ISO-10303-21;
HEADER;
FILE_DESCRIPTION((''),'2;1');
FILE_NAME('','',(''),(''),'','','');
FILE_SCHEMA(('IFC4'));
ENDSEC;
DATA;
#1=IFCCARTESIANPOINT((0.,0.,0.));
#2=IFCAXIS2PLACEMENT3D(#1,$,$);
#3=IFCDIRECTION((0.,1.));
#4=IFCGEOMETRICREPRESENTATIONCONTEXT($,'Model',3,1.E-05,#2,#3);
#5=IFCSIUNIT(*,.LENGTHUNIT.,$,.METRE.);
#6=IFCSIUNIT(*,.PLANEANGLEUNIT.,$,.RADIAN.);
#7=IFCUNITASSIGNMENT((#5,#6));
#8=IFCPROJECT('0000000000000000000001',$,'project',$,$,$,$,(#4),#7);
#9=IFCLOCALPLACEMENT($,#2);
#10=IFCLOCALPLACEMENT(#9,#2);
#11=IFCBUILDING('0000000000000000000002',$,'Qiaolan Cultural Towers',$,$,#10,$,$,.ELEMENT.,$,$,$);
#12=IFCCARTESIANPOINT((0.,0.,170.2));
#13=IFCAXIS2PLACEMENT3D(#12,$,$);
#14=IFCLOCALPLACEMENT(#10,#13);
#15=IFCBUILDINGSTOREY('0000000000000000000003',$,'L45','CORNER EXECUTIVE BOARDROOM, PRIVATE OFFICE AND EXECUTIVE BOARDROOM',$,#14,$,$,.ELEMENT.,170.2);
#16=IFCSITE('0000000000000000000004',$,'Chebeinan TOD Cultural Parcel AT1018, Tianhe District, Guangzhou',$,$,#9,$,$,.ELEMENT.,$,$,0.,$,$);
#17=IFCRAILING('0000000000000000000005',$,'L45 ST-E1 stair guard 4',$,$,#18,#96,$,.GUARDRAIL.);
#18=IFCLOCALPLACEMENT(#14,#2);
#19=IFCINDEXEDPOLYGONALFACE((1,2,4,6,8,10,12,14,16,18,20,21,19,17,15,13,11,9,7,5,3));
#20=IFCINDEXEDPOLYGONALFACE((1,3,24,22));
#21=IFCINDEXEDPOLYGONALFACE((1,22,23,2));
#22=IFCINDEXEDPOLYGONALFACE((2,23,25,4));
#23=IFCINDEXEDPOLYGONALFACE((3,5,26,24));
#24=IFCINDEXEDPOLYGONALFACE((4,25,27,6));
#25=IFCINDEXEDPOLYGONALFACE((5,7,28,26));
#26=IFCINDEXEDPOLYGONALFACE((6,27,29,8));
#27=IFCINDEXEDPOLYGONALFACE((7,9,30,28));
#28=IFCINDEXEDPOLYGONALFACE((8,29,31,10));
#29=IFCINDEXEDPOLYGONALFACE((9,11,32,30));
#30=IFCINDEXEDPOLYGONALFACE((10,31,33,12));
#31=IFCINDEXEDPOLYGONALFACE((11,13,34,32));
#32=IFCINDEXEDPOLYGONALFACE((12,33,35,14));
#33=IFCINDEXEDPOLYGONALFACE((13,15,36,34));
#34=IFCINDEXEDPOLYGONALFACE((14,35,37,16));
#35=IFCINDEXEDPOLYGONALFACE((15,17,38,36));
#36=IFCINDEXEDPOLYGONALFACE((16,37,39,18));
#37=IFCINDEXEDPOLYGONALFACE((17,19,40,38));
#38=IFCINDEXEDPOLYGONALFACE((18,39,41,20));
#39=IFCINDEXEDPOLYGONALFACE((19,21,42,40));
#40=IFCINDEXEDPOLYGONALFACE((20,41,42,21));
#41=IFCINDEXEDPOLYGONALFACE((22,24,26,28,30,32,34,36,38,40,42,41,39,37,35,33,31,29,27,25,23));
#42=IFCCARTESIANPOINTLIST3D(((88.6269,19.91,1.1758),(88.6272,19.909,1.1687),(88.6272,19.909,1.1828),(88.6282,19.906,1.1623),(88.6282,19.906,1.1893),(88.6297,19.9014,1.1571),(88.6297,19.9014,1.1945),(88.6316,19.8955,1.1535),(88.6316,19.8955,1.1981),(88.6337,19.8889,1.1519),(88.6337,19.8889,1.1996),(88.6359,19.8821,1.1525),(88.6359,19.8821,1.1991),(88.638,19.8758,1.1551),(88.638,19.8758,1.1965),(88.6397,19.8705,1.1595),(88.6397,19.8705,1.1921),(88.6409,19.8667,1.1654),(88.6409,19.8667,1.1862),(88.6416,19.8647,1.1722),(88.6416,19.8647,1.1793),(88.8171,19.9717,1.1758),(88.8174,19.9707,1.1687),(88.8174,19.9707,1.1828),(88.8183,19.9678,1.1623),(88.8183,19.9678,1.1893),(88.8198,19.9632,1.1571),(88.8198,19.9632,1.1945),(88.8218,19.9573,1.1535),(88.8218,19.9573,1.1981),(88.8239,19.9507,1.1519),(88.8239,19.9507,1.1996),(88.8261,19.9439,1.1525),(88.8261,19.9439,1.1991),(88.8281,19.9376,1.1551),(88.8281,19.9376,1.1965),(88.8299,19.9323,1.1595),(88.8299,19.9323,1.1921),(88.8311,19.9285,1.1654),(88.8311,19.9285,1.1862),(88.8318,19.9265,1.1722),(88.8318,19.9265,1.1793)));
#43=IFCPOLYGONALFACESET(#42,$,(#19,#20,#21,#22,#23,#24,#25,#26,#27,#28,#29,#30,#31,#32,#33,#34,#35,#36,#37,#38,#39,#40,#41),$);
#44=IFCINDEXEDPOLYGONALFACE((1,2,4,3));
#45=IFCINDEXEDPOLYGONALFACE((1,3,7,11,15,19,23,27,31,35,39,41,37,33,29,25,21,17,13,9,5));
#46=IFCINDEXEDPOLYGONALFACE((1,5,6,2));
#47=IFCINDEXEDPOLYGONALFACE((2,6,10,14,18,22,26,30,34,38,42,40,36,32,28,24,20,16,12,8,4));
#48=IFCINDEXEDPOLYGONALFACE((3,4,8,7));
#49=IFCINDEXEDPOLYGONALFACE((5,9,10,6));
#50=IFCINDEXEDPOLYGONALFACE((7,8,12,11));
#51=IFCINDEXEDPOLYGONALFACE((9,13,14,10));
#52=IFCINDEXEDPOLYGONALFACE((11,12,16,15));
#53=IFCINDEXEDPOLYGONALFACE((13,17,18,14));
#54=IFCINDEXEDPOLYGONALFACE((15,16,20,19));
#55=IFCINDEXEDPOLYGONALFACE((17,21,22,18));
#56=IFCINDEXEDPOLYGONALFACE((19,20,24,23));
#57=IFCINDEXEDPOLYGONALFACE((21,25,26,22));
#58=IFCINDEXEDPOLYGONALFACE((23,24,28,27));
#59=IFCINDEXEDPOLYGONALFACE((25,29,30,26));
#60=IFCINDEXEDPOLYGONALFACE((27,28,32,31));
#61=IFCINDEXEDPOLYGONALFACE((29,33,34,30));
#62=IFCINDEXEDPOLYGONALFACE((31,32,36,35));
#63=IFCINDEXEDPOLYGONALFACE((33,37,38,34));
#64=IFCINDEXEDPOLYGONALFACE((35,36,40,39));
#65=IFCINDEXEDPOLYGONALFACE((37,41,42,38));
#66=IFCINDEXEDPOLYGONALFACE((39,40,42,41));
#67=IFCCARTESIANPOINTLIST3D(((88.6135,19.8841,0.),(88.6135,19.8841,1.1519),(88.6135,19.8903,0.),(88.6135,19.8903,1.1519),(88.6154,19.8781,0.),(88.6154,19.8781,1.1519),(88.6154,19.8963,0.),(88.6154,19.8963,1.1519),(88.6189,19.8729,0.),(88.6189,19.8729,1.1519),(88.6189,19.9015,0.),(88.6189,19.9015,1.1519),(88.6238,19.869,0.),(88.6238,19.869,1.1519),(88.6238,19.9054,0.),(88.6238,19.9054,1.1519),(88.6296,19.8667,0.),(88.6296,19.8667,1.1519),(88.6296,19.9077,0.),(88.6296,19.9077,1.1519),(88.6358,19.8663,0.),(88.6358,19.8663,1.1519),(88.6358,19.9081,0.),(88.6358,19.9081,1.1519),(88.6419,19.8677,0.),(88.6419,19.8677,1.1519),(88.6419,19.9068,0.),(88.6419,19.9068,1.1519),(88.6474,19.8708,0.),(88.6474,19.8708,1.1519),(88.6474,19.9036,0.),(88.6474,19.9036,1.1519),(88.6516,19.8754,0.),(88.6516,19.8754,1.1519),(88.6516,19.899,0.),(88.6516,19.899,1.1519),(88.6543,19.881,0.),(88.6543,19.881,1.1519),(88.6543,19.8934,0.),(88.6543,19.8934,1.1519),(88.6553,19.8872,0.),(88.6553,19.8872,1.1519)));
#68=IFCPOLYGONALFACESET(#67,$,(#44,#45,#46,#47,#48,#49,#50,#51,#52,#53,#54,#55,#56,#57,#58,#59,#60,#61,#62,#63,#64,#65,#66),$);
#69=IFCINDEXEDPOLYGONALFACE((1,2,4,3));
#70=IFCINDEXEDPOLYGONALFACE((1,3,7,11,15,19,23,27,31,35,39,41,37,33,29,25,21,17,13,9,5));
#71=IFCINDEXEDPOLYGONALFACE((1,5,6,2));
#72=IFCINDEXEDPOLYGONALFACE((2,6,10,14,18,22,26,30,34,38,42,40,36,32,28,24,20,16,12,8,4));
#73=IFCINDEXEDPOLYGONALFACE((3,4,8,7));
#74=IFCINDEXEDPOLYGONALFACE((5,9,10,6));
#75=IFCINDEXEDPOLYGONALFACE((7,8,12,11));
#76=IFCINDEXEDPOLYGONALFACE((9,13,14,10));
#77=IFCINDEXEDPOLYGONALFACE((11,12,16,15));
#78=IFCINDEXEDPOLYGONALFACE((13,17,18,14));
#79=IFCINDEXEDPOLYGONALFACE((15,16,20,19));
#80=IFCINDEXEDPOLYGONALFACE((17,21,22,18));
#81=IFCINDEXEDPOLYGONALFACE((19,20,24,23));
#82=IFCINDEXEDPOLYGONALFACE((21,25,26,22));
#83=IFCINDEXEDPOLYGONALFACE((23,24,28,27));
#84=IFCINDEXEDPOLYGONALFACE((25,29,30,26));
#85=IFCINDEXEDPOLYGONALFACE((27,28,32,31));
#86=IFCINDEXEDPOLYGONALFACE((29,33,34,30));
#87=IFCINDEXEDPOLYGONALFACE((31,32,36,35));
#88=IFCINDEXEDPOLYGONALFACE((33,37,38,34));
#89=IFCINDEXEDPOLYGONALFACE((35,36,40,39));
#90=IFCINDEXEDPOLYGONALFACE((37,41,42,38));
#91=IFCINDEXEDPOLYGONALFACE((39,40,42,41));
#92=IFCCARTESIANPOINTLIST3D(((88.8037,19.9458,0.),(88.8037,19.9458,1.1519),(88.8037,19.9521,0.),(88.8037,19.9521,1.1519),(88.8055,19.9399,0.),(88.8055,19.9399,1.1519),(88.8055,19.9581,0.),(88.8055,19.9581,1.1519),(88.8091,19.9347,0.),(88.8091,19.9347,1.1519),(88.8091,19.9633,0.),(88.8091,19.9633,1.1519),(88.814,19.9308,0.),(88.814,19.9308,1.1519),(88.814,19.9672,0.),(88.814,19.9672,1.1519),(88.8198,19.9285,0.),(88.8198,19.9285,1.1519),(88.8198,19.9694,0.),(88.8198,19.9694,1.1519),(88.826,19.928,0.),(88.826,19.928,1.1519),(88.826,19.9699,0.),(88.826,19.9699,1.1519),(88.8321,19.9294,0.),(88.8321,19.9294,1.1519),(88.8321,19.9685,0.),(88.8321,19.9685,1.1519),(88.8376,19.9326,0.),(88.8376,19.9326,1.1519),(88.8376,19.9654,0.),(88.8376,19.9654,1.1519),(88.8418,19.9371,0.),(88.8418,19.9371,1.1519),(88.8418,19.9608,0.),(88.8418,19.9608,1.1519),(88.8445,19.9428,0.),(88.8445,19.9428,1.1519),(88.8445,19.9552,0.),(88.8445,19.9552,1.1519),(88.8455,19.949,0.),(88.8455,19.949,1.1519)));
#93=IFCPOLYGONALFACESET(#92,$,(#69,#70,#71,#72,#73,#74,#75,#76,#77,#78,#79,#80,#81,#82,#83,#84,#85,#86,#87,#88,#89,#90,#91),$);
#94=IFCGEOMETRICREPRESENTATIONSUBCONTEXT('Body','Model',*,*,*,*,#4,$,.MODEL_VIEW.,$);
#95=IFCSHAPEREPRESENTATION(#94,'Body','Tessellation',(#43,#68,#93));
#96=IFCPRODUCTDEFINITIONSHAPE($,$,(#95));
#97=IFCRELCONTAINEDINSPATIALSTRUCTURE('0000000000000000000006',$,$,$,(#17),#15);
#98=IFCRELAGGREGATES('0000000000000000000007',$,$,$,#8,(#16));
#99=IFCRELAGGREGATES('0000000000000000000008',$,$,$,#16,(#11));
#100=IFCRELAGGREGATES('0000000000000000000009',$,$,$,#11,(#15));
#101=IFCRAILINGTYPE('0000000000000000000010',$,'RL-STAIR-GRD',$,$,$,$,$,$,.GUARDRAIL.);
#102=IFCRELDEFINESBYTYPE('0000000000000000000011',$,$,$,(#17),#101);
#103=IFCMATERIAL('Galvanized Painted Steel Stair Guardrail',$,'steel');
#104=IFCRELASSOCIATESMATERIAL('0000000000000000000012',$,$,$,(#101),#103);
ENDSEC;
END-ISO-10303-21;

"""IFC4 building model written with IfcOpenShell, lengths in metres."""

from ifc_helpers import new_model, si_unit, direction, frame, origin, origin_2d, place, context, subcontext, project, spatial, circle, extrude, material, type_object, element, save


model = new_model("IFC4")

# Units and contexts
model_context = context("Model", 3, precision=1e-05, world=origin(), true_north=direction((0.0, 1.0)))
body_context = subcontext(model_context, "Body", "Model", "MODEL_VIEW")
ifc_project = project(units=[si_unit("LENGTHUNIT", "METRE"), si_unit("PLANEANGLEUNIT", "RADIAN")], contexts=[model_context])

# Site, building, storey
site_placement = place(None, origin())
site = spatial("IfcSite", under=ifc_project, at=site_placement, Name="Chebeinan TOD Cultural Parcel AT1018, Tianhe District, Guangzhou", CompositionType="ELEMENT", RefElevation=0.0)
building_placement = place(site_placement, origin())
building = spatial("IfcBuilding", under=site, at=building_placement, Name="Qiaolan Cultural Towers", CompositionType="ELEMENT")
storey_placement = place(building_placement, frame((0.0, 0.0, 170.2)))
storey = spatial("IfcBuildingStorey", under=building, at=storey_placement, Name="L45", Description="CORNER EXECUTIVE BOARDROOM, PRIVATE OFFICE AND EXECUTIVE BOARDROOM", CompositionType="ELEMENT", Elevation=170.2)

# Railing
ifc_material_1 = material(Name="Galvanized Painted Steel Stair Guardrail", Category="steel")
railing_type_1 = type_object("IfcRailingType", Name="RL-STAIR-GRD", PredefinedType="GUARDRAIL", material=ifc_material_1)
railing_1_placement = place(storey_placement, frame((88.6343, 19.8872, 0.0)))
element("IfcRailing", 1, at=railing_1_placement, inside=storey, type_object=railing_type_1, Name="L45 ST-E1 stair guard 4", PredefinedType="GUARDRAIL", context=body_context, shape_type="SweptSolid", body=[
    extrude(circle(Radius=0.0239, at=origin_2d()), frame((0.0, 0.0, 1.1758), z_axis=(0.951097, 0.308893, 0.0), x_axis=(-0.308893, 0.951097, 0.0)), (0.0, 0.0, 1.0), 0.2),
    extrude(circle(Radius=0.021, at=origin_2d()), origin(), (0.0, 0.0, 1.0), 1.1519),
    extrude(circle(Radius=0.021, at=origin_2d()), frame((0.1902, 0.0618, 0.0)), (0.0, 0.0, 1.0), 1.1519),
])

save(model, "model.ifc")
